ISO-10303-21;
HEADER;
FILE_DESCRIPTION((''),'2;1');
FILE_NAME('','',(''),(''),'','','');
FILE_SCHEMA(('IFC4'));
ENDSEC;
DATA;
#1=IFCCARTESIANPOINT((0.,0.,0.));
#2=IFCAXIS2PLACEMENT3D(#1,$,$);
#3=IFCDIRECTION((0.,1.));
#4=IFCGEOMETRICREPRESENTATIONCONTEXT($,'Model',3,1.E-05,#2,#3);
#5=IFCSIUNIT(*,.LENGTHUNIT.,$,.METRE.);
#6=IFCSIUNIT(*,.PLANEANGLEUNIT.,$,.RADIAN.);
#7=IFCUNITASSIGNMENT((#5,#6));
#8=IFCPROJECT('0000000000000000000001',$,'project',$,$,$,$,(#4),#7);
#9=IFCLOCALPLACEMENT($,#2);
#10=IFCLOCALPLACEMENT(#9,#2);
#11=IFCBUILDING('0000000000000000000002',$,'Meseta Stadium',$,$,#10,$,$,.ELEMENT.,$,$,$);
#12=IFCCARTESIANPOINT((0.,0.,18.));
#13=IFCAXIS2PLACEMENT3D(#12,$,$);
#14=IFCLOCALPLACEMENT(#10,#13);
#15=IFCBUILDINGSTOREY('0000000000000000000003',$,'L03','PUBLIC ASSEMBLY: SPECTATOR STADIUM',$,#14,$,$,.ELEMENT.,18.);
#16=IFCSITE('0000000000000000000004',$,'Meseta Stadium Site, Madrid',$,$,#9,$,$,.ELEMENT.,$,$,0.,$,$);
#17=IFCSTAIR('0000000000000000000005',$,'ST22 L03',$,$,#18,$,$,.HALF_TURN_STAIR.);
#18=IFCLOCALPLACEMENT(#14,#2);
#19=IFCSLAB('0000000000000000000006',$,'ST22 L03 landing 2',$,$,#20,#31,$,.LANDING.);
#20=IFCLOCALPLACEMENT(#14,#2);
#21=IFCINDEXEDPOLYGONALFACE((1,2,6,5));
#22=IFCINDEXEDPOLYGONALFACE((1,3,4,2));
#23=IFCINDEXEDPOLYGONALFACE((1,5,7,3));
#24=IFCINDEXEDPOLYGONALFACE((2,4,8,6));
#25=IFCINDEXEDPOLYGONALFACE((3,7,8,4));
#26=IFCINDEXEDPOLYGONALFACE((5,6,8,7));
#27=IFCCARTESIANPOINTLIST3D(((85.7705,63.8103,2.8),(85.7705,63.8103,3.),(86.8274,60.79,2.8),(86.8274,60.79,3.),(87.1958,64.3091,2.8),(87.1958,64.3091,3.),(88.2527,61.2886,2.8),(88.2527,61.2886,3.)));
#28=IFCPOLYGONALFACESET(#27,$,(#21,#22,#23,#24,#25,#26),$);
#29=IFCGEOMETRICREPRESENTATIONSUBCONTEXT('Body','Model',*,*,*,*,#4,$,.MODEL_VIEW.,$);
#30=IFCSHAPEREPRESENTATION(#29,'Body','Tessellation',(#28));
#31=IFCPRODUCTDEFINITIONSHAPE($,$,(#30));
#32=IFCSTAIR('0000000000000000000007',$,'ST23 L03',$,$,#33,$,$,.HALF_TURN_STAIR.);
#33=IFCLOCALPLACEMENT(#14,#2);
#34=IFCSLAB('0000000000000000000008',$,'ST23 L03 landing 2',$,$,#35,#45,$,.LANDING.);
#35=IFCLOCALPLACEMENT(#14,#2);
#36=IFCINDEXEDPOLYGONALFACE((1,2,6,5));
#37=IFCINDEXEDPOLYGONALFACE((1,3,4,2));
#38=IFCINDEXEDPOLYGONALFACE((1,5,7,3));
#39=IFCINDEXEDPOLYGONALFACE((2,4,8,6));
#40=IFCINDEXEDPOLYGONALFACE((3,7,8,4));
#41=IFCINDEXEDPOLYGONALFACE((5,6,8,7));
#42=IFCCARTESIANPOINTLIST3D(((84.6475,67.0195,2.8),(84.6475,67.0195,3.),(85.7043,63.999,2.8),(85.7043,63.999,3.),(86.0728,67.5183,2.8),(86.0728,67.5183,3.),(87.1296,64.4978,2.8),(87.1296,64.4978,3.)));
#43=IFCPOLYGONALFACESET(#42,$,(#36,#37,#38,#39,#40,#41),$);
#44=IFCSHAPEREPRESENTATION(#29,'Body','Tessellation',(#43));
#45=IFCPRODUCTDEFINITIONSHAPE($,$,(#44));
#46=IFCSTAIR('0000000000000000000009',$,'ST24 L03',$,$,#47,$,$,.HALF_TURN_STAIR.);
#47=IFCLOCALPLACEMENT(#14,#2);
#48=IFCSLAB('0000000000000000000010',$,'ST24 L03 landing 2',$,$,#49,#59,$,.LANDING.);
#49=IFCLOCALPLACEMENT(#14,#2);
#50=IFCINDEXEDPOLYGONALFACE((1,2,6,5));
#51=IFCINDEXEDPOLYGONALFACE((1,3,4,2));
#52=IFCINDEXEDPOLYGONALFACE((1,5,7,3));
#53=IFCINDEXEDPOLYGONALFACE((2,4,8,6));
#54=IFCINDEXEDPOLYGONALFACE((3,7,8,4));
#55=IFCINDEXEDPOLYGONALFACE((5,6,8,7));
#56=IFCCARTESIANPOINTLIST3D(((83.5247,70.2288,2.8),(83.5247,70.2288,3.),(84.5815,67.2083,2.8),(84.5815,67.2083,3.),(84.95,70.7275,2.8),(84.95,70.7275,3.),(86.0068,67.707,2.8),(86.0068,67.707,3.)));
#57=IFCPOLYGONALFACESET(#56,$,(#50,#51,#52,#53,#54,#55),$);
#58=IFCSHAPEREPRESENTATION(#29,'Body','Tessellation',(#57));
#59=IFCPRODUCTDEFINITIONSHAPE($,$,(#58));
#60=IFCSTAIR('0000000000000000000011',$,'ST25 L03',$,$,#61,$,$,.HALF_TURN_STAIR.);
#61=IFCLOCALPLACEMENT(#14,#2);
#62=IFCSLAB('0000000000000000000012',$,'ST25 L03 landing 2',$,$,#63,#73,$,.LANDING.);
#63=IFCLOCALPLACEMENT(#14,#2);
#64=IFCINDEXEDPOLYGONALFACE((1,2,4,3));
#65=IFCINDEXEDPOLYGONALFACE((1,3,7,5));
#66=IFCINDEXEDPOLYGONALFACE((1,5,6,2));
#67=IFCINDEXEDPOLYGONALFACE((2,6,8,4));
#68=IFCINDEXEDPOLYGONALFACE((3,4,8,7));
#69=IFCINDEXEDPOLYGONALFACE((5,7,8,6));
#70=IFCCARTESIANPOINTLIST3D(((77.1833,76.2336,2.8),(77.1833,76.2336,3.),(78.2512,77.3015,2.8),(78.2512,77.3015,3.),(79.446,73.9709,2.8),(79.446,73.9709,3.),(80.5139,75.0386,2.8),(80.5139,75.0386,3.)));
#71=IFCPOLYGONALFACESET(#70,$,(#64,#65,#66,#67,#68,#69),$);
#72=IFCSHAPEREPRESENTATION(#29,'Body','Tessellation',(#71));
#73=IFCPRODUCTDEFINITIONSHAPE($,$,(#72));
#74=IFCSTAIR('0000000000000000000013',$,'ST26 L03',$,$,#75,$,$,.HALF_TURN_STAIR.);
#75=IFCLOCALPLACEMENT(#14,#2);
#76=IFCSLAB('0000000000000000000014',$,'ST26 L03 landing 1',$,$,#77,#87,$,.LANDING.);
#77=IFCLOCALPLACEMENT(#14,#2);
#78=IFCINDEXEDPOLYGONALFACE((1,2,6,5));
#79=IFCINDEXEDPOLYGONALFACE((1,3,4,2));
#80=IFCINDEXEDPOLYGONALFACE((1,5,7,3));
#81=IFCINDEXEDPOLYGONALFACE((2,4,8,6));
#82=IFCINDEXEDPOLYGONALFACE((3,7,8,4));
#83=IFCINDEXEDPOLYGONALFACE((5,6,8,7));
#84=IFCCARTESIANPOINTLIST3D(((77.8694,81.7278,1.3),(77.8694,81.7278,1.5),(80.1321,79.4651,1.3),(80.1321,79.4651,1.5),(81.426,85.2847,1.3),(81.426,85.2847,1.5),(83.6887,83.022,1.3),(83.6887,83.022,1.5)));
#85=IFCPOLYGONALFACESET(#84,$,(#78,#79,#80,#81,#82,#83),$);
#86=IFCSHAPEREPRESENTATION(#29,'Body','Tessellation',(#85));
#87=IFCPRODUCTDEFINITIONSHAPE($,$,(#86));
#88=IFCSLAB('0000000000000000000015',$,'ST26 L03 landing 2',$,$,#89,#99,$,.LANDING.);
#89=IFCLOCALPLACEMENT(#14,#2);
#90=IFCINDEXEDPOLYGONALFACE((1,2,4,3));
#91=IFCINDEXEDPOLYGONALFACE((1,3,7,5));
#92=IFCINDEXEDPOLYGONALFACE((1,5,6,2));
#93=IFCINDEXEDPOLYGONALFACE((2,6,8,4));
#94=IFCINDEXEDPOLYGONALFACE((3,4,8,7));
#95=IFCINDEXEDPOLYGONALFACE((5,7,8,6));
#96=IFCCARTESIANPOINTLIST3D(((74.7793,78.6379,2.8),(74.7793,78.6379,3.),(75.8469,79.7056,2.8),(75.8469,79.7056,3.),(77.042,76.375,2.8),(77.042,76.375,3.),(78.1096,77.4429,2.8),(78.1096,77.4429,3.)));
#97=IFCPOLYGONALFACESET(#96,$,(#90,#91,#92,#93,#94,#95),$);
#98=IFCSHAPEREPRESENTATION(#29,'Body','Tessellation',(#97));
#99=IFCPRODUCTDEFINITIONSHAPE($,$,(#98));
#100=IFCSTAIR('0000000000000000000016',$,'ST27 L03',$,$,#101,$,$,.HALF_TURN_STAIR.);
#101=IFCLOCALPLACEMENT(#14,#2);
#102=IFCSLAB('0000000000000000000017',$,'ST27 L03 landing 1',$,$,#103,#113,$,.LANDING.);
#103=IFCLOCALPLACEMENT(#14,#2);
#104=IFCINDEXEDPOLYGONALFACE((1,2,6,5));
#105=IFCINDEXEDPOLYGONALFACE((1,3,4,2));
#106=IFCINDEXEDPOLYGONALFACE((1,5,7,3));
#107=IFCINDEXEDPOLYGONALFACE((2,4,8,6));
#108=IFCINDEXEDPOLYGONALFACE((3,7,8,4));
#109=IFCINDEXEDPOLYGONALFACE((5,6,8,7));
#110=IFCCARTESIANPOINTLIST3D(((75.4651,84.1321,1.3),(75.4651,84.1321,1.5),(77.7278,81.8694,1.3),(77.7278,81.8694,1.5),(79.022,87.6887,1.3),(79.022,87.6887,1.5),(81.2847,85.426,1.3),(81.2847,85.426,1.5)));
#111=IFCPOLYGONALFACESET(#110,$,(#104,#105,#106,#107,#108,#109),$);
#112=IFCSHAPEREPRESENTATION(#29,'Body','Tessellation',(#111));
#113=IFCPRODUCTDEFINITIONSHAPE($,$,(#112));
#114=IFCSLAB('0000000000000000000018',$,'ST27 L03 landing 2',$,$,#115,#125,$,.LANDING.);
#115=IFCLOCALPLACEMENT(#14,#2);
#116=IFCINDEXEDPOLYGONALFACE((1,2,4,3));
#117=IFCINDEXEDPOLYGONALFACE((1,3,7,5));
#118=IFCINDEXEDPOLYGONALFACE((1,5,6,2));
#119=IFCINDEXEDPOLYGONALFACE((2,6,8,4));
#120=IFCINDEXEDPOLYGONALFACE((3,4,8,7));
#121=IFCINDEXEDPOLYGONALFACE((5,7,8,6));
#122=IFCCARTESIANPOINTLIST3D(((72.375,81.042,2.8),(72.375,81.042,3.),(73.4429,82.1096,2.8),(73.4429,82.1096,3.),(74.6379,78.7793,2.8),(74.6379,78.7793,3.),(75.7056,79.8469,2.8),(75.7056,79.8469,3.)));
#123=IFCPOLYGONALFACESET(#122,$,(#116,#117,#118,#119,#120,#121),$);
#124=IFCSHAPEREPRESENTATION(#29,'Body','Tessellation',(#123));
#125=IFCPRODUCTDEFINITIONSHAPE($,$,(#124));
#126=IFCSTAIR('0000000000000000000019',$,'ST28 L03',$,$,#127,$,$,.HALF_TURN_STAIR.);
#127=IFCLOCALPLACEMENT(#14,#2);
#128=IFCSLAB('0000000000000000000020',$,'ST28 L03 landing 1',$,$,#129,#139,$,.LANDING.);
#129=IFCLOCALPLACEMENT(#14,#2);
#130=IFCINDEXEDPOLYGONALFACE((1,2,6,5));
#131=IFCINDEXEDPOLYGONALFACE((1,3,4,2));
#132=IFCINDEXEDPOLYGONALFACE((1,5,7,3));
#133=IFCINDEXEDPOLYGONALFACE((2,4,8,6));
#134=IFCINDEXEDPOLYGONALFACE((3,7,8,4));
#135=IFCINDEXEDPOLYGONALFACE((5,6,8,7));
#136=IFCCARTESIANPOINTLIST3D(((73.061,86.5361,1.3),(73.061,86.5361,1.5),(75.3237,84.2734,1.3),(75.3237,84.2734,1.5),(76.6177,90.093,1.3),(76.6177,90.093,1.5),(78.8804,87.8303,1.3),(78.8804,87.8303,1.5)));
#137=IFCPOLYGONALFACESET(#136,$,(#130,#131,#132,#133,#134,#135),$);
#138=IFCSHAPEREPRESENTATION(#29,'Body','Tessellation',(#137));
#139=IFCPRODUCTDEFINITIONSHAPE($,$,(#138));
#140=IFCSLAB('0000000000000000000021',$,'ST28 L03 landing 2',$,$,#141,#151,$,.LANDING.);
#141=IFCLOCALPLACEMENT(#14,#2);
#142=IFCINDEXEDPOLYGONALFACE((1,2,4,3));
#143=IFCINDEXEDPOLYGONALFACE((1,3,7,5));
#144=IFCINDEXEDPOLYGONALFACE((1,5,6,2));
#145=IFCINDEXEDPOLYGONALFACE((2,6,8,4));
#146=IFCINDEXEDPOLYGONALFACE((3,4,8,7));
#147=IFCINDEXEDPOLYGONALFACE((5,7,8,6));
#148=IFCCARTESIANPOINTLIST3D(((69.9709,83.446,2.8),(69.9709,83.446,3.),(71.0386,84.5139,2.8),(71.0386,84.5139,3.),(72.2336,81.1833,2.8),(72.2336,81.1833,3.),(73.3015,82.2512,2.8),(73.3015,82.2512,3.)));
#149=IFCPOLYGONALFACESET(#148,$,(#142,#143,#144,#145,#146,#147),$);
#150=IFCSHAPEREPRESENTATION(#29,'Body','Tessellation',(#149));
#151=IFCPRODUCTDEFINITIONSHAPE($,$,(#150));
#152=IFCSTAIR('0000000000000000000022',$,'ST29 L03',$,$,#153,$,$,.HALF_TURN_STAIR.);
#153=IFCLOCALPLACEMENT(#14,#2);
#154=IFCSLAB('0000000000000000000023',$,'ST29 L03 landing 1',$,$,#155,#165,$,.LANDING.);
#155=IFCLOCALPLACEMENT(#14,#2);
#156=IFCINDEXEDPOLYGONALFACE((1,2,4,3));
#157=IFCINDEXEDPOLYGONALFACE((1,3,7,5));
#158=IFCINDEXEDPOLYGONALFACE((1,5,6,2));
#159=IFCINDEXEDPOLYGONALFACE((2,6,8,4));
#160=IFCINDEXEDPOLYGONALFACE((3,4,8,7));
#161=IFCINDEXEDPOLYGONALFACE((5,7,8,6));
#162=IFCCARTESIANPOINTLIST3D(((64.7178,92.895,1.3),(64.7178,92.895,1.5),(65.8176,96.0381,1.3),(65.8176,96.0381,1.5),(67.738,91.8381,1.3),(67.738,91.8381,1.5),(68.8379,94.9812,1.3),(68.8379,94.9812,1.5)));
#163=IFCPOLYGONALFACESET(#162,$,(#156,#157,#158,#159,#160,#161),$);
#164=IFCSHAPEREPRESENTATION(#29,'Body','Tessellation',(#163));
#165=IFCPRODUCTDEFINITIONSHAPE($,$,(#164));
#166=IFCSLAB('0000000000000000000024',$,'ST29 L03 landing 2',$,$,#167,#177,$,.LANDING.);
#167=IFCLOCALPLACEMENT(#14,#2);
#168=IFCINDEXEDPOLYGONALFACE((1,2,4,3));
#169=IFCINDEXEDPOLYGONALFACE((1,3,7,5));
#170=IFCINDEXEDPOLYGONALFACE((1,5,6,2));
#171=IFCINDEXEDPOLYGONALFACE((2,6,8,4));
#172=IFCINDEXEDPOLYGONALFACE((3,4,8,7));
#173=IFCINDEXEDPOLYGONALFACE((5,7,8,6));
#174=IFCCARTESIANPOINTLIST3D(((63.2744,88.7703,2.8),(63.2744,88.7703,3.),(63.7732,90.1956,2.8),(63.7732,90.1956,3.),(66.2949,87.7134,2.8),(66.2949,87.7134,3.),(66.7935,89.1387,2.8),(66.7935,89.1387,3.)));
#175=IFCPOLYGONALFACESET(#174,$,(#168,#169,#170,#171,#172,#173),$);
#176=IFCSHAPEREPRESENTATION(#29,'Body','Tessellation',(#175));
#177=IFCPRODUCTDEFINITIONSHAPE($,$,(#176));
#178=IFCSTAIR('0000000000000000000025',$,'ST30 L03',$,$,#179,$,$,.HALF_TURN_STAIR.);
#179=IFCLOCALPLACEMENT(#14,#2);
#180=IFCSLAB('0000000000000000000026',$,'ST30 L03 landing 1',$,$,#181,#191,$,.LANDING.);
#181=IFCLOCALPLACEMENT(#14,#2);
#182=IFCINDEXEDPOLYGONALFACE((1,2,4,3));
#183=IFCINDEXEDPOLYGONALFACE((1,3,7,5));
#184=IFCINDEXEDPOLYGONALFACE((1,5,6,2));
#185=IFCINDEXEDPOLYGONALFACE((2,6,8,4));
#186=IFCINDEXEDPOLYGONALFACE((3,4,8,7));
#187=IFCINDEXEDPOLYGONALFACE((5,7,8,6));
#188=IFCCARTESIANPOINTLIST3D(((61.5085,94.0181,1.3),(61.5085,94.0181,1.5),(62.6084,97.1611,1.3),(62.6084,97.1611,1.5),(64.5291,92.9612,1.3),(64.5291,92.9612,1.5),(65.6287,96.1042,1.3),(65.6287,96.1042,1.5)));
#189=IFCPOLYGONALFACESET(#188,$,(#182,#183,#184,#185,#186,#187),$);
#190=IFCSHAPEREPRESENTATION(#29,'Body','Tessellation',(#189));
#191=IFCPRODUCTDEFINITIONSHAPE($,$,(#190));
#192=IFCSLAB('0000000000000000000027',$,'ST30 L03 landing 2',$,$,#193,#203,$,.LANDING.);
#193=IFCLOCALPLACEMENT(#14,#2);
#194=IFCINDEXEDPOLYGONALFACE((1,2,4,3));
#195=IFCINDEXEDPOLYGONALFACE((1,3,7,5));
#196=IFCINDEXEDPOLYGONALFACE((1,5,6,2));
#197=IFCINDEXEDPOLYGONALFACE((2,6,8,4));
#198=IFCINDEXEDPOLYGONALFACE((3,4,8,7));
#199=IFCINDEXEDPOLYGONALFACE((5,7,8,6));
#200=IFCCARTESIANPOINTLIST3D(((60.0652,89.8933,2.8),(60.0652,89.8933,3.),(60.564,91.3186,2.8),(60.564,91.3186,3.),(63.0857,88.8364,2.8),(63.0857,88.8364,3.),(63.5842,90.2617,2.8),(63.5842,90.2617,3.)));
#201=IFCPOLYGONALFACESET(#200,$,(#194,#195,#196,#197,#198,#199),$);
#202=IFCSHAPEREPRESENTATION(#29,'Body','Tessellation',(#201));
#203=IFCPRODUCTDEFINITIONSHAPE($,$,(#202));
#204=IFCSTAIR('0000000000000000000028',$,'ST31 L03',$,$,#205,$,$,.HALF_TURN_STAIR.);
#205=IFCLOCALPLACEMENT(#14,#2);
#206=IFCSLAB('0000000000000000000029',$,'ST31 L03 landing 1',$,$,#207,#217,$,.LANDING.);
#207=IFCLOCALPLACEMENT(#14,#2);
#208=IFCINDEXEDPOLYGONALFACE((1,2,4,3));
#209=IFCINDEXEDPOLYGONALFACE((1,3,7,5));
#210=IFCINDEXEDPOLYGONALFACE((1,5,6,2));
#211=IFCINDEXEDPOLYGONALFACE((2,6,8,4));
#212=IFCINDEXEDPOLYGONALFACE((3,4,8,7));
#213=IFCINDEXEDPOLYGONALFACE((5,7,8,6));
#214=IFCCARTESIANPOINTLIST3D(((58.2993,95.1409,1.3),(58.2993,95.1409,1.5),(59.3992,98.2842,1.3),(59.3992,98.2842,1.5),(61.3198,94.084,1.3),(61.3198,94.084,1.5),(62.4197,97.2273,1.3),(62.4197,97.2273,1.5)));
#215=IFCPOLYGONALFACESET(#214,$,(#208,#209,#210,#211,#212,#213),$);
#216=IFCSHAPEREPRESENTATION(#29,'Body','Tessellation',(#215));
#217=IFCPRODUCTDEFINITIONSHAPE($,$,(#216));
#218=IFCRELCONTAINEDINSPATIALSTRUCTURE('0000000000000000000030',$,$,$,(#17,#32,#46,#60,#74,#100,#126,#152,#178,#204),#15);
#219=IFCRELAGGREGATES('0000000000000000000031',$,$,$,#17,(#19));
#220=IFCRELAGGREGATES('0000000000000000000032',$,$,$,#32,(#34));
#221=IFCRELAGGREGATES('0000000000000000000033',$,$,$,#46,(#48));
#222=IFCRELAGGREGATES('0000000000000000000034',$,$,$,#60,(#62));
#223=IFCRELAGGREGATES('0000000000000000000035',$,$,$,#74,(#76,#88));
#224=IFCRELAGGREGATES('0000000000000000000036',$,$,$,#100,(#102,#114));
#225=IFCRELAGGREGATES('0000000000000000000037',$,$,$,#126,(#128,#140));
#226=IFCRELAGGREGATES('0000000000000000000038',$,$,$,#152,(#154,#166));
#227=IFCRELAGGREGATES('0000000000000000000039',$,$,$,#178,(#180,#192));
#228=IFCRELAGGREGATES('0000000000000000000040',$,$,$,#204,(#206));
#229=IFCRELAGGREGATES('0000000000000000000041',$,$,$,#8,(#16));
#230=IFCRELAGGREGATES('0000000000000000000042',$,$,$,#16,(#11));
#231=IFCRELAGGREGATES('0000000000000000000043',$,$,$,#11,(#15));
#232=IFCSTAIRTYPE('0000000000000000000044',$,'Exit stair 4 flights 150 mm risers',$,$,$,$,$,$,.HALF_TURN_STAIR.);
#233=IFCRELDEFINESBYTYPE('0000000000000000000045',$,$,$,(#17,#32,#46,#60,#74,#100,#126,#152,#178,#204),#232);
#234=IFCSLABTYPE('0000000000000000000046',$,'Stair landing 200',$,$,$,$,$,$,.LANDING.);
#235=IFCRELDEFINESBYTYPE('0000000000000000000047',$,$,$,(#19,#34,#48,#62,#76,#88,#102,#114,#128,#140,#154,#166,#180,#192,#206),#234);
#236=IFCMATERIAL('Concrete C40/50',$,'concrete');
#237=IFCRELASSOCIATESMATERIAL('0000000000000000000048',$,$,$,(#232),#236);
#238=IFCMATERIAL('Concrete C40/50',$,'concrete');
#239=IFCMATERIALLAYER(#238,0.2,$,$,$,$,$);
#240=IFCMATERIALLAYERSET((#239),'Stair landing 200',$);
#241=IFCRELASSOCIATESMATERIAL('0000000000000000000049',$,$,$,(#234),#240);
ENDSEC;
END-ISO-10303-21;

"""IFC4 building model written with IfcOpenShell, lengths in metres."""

from ifc_helpers import new_model, si_unit, direction, frame, origin, place, context, subcontext, project, spatial, polyline, outline, extrude, material, layer, layer_set, type_object, element, aggregate, save


model = new_model("IFC4")

# Units and contexts
model_context = context("Model", 3, precision=1e-05, world=origin(), true_north=direction((0.0, 1.0)))
body_context = subcontext(model_context, "Body", "Model", "MODEL_VIEW")
ifc_project = project(units=[si_unit("LENGTHUNIT", "METRE"), si_unit("PLANEANGLEUNIT", "RADIAN")], contexts=[model_context])

# Site, building, storey
site_placement = place(None, origin())
site = spatial("IfcSite", under=ifc_project, at=site_placement, Name="Meseta Stadium Site, Madrid", CompositionType="ELEMENT", RefElevation=0.0)
building_placement = place(site_placement, origin())
building = spatial("IfcBuilding", under=site, at=building_placement, Name="Meseta Stadium", CompositionType="ELEMENT")
storey_placement = place(building_placement, frame((0.0, 0.0, 18.0)))
storey = spatial("IfcBuildingStorey", under=building, at=storey_placement, Name="L03", Description="PUBLIC ASSEMBLY: SPECTATOR STADIUM", CompositionType="ELEMENT", Elevation=18.0)

# Stairs, slabs
ifc_material_1 = material(Name="Concrete C40/50", Category="concrete")
stair_type = type_object("IfcStairType", Name="Exit stair 4 flights 150 mm risers", PredefinedType="HALF_TURN_STAIR", material=ifc_material_1)
stair_1_placement = place(storey_placement, origin())
stair_1 = element("IfcStair", 1, at=stair_1_placement, inside=storey, type_object=stair_type, Name="ST22 L03", PredefinedType="HALF_TURN_STAIR")
ifc_material_2 = material(Name="Concrete C40/50", Category="concrete")
ifc_layer = layer(ifc_material_2, 0.2)
ifc_layer_set = layer_set([ifc_layer], Name="Stair landing 200")
slab_type = type_object("IfcSlabType", Name="Stair landing 200", PredefinedType="LANDING", material=ifc_layer_set)
slab_1_placement = place(storey_placement, frame((0.0, 0.0, 2.8)))
slab_1 = element("IfcSlab", 2, at=slab_1_placement, type_object=slab_type, Name="ST22 L03 landing 2", PredefinedType="LANDING", context=body_context, shape_type="SweptSolid", body=[
    extrude(outline(polyline([(86.8274, 60.79), (88.2527, 61.2886), (87.1958, 64.3091), (85.7705, 63.8103), (86.8274, 60.79)])), origin(), (0.0, 0.0, 1.0), 0.2),
])
aggregate(stair_1, [slab_1])
stair_2_placement = place(storey_placement, origin())
stair_2 = element("IfcStair", 3, at=stair_2_placement, inside=storey, type_object=stair_type, Name="ST23 L03", PredefinedType="HALF_TURN_STAIR")
slab_2_placement = place(storey_placement, frame((0.0, 0.0, 2.8)))
slab_2 = element("IfcSlab", 4, at=slab_2_placement, type_object=slab_type, Name="ST23 L03 landing 2", PredefinedType="LANDING", context=body_context, shape_type="SweptSolid", body=[
    extrude(outline(polyline([(85.7043, 63.999), (87.1296, 64.4978), (86.0728, 67.5183), (84.6475, 67.0195), (85.7043, 63.999)])), origin(), (0.0, 0.0, 1.0), 0.2),
])
aggregate(stair_2, [slab_2])
stair_3_placement = place(storey_placement, origin())
stair_3 = element("IfcStair", 5, at=stair_3_placement, inside=storey, type_object=stair_type, Name="ST24 L03", PredefinedType="HALF_TURN_STAIR")
slab_3_placement = place(storey_placement, frame((0.0, 0.0, 2.8)))
slab_3 = element("IfcSlab", 6, at=slab_3_placement, type_object=slab_type, Name="ST24 L03 landing 2", PredefinedType="LANDING", context=body_context, shape_type="SweptSolid", body=[
    extrude(outline(polyline([(84.5815, 67.2083), (86.0068, 67.707), (84.95, 70.7275), (83.5247, 70.2288), (84.5815, 67.2083)])), origin(), (0.0, 0.0, 1.0), 0.2),
])
aggregate(stair_3, [slab_3])
stair_4_placement = place(storey_placement, origin())
stair_4 = element("IfcStair", 7, at=stair_4_placement, inside=storey, type_object=stair_type, Name="ST25 L03", PredefinedType="HALF_TURN_STAIR")
slab_4_placement = place(storey_placement, frame((0.0, 0.0, 2.8)))
slab_4 = element("IfcSlab", 8, at=slab_4_placement, type_object=slab_type, Name="ST25 L03 landing 2", PredefinedType="LANDING", context=body_context, shape_type="SweptSolid", body=[
    extrude(outline(polyline([(79.446, 73.9709), (80.5139, 75.0386), (78.2512, 77.3015), (77.1833, 76.2336), (79.446, 73.9709)])), origin(), (0.0, 0.0, 1.0), 0.2),
])
aggregate(stair_4, [slab_4])

# Stairs, slabs
stair_5_placement = place(storey_placement, origin())
stair_5 = element("IfcStair", 9, at=stair_5_placement, inside=storey, type_object=stair_type, Name="ST26 L03", PredefinedType="HALF_TURN_STAIR")
slab_5_placement = place(storey_placement, frame((0.0, 0.0, 1.3)))
slab_5 = element("IfcSlab", 10, at=slab_5_placement, type_object=slab_type, Name="ST26 L03 landing 1", PredefinedType="LANDING", context=body_context, shape_type="SweptSolid", body=[
    extrude(outline(polyline([(80.1321, 79.4651), (83.6887, 83.022), (81.426, 85.2847), (77.8694, 81.7278), (80.1321, 79.4651)])), origin(), (0.0, 0.0, 1.0), 0.2),
])
slab_6_placement = place(storey_placement, frame((0.0, 0.0, 2.8)))
slab_6 = element("IfcSlab", 11, at=slab_6_placement, type_object=slab_type, Name="ST26 L03 landing 2", PredefinedType="LANDING", context=body_context, shape_type="SweptSolid", body=[
    extrude(outline(polyline([(77.042, 76.375), (78.1096, 77.4429), (75.8469, 79.7056), (74.7793, 78.6379), (77.042, 76.375)])), origin(), (0.0, 0.0, 1.0), 0.2),
])
aggregate(stair_5, [slab_5, slab_6])
stair_6_placement = place(storey_placement, origin())
stair_6 = element("IfcStair", 12, at=stair_6_placement, inside=storey, type_object=stair_type, Name="ST27 L03", PredefinedType="HALF_TURN_STAIR")
slab_7_placement = place(storey_placement, frame((0.0, 0.0, 1.3)))
slab_7 = element("IfcSlab", 13, at=slab_7_placement, type_object=slab_type, Name="ST27 L03 landing 1", PredefinedType="LANDING", context=body_context, shape_type="SweptSolid", body=[
    extrude(outline(polyline([(77.7278, 81.8694), (81.2847, 85.426), (79.022, 87.6887), (75.4651, 84.1321), (77.7278, 81.8694)])), origin(), (0.0, 0.0, 1.0), 0.2),
])
slab_8_placement = place(storey_placement, frame((0.0, 0.0, 2.8)))
slab_8 = element("IfcSlab", 14, at=slab_8_placement, type_object=slab_type, Name="ST27 L03 landing 2", PredefinedType="LANDING", context=body_context, shape_type="SweptSolid", body=[
    extrude(outline(polyline([(74.6379, 78.7793), (75.7056, 79.8469), (73.4429, 82.1096), (72.375, 81.042), (74.6379, 78.7793)])), origin(), (0.0, 0.0, 1.0), 0.2),
])
aggregate(stair_6, [slab_7, slab_8])
stair_7_placement = place(storey_placement, origin())
stair_7 = element("IfcStair", 15, at=stair_7_placement, inside=storey, type_object=stair_type, Name="ST28 L03", PredefinedType="HALF_TURN_STAIR")
slab_9_placement = place(storey_placement, frame((0.0, 0.0, 1.3)))
slab_9 = element("IfcSlab", 16, at=slab_9_placement, type_object=slab_type, Name="ST28 L03 landing 1", PredefinedType="LANDING", context=body_context, shape_type="SweptSolid", body=[
    extrude(outline(polyline([(75.3237, 84.2734), (78.8804, 87.8303), (76.6177, 90.093), (73.061, 86.5361), (75.3237, 84.2734)])), origin(), (0.0, 0.0, 1.0), 0.2),
])
slab_10_placement = place(storey_placement, frame((0.0, 0.0, 2.8)))
slab_10 = element("IfcSlab", 17, at=slab_10_placement, type_object=slab_type, Name="ST28 L03 landing 2", PredefinedType="LANDING", context=body_context, shape_type="SweptSolid", body=[
    extrude(outline(polyline([(72.2336, 81.1833), (73.3015, 82.2512), (71.0386, 84.5139), (69.9709, 83.446), (72.2336, 81.1833)])), origin(), (0.0, 0.0, 1.0), 0.2),
])
aggregate(stair_7, [slab_9, slab_10])
stair_8_placement = place(storey_placement, origin())
stair_8 = element("IfcStair", 18, at=stair_8_placement, inside=storey, type_object=stair_type, Name="ST29 L03", PredefinedType="HALF_TURN_STAIR")
slab_11_placement = place(storey_placement, frame((0.0, 0.0, 1.3)))
slab_11 = element("IfcSlab", 19, at=slab_11_placement, type_object=slab_type, Name="ST29 L03 landing 1", PredefinedType="LANDING", context=body_context, shape_type="SweptSolid", body=[
    extrude(outline(polyline([(67.738, 91.8381), (68.8379, 94.9812), (65.8176, 96.0381), (64.7178, 92.895), (67.738, 91.8381)])), origin(), (0.0, 0.0, 1.0), 0.2),
])
slab_12_placement = place(storey_placement, frame((0.0, 0.0, 2.8)))
slab_12 = element("IfcSlab", 20, at=slab_12_placement, type_object=slab_type, Name="ST29 L03 landing 2", PredefinedType="LANDING", context=body_context, shape_type="SweptSolid", body=[
    extrude(outline(polyline([(66.2949, 87.7134), (66.7935, 89.1387), (63.7732, 90.1956), (63.2744, 88.7703), (66.2949, 87.7134)])), origin(), (0.0, 0.0, 1.0), 0.2),
])
aggregate(stair_8, [slab_11, slab_12])
stair_9_placement = place(storey_placement, origin())
stair_9 = element("IfcStair", 21, at=stair_9_placement, inside=storey, type_object=stair_type, Name="ST30 L03", PredefinedType="HALF_TURN_STAIR")
slab_13_placement = place(storey_placement, frame((0.0, 0.0, 1.3)))
slab_13 = element("IfcSlab", 22, at=slab_13_placement, type_object=slab_type, Name="ST30 L03 landing 1", PredefinedType="LANDING", context=body_context, shape_type="SweptSolid", body=[
    extrude(outline(polyline([(64.5291, 92.9612), (65.6287, 96.1042), (62.6084, 97.1611), (61.5085, 94.0181), (64.5291, 92.9612)])), origin(), (0.0, 0.0, 1.0), 0.2),
])
slab_14_placement = place(storey_placement, frame((0.0, 0.0, 2.8)))
slab_14 = element("IfcSlab", 23, at=slab_14_placement, type_object=slab_type, Name="ST30 L03 landing 2", PredefinedType="LANDING", context=body_context, shape_type="SweptSolid", body=[
    extrude(outline(polyline([(63.0857, 88.8364), (63.5842, 90.2617), (60.564, 91.3186), (60.0652, 89.8933), (63.0857, 88.8364)])), origin(), (0.0, 0.0, 1.0), 0.2),
])
aggregate(stair_9, [slab_13, slab_14])

# Stair, slab
stair_10_placement = place(storey_placement, origin())
stair_10 = element("IfcStair", 24, at=stair_10_placement, inside=storey, type_object=stair_type, Name="ST31 L03", PredefinedType="HALF_TURN_STAIR")
slab_15_placement = place(storey_placement, frame((0.0, 0.0, 1.3)))
slab_15 = element("IfcSlab", 25, at=slab_15_placement, type_object=slab_type, Name="ST31 L03 landing 1", PredefinedType="LANDING", context=body_context, shape_type="SweptSolid", body=[
    extrude(outline(polyline([(61.3198, 94.084), (62.4197, 97.2273), (59.3992, 98.2842), (58.2993, 95.1409), (61.3198, 94.084)])), origin(), (0.0, 0.0, 1.0), 0.2),
])
aggregate(stair_10, [slab_15])

save(model, "model.ifc")
